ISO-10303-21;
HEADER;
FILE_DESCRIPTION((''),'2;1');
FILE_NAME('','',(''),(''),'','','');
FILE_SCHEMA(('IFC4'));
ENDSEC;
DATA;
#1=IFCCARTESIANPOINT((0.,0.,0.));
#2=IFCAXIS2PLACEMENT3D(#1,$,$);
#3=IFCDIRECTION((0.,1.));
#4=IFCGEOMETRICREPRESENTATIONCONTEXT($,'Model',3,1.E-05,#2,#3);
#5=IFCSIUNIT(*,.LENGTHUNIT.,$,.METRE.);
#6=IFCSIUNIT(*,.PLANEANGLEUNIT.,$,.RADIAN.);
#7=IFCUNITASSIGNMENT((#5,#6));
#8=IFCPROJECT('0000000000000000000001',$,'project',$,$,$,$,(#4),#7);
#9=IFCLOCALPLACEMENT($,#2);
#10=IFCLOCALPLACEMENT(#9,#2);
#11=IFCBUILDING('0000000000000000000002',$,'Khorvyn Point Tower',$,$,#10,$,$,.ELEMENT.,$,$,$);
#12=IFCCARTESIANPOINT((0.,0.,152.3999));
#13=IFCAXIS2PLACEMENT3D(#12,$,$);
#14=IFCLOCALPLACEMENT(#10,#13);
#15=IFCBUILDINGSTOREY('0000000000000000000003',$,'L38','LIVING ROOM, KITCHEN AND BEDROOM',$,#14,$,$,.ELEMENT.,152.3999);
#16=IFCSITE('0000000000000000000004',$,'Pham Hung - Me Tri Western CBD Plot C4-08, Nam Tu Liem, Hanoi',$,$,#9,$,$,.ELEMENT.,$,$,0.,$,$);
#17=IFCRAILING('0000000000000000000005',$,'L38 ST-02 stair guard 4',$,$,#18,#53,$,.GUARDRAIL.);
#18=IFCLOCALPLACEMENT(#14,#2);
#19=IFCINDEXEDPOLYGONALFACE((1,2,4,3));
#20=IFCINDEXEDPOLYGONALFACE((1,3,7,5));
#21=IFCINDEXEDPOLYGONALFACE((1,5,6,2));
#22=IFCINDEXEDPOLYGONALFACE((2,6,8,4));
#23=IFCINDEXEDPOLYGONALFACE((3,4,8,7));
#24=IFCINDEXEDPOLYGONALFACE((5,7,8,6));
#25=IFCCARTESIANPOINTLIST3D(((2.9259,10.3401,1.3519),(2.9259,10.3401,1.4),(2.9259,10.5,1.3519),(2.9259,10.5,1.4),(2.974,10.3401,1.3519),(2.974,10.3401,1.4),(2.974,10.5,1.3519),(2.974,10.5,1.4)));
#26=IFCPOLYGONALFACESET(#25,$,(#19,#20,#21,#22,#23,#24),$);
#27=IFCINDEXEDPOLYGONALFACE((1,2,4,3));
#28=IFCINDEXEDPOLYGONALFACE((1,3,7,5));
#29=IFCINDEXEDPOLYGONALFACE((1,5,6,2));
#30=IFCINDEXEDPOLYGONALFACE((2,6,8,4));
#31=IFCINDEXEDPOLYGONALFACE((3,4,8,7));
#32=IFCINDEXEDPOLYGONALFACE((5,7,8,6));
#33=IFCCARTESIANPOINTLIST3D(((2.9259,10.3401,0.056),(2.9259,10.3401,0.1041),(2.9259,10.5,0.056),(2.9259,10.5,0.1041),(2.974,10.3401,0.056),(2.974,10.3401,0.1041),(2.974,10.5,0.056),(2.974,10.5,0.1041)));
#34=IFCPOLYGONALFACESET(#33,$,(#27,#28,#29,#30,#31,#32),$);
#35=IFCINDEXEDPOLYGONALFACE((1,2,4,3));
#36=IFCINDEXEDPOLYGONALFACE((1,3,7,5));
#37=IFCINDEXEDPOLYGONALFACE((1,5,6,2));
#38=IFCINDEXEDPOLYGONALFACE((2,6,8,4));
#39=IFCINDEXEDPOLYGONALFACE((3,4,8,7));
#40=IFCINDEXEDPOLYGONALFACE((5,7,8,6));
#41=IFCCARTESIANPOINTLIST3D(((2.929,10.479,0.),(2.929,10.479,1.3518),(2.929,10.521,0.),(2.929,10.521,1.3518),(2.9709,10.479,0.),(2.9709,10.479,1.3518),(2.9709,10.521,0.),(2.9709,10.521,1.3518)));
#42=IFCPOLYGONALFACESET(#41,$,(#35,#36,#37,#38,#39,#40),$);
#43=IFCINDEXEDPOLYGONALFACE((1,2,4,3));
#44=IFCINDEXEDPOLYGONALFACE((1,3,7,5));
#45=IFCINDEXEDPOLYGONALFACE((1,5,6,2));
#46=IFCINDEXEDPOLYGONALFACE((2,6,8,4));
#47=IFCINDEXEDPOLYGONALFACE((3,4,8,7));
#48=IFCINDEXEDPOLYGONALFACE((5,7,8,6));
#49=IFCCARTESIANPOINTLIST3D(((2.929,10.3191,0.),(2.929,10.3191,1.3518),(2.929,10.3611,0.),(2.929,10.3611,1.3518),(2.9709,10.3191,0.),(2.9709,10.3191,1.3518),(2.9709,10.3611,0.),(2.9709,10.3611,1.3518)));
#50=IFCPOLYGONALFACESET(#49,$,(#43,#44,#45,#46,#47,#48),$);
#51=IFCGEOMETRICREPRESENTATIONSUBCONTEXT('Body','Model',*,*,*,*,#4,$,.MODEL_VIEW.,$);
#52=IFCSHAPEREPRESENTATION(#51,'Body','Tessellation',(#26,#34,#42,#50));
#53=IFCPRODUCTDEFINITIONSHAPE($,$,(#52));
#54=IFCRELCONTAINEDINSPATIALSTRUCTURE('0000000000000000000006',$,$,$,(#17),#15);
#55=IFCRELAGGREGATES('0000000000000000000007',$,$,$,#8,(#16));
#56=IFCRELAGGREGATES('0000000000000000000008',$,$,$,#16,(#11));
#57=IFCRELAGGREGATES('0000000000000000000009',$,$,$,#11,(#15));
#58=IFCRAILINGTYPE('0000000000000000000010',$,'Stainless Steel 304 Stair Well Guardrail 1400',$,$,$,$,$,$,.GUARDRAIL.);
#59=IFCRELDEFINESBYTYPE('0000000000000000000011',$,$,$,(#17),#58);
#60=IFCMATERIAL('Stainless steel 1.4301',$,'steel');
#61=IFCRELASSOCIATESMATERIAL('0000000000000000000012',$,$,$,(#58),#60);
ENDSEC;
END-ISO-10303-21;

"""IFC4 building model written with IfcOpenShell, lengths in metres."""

from ifc_helpers import new_model, si_unit, direction, frame, origin, origin_2d, place, context, subcontext, project, spatial, rectangle, extrude, material, type_object, element, save


model = new_model("IFC4")

# Units and contexts
model_context = context("Model", 3, precision=1e-05, world=origin(), true_north=direction((0.0, 1.0)))
body_context = subcontext(model_context, "Body", "Model", "MODEL_VIEW")
ifc_project = project(units=[si_unit("LENGTHUNIT", "METRE"), si_unit("PLANEANGLEUNIT", "RADIAN")], contexts=[model_context])

# Site, building, storey
site_placement = place(None, origin())
site = spatial("IfcSite", under=ifc_project, at=site_placement, Name="Pham Hung - Me Tri Western CBD Plot C4-08, Nam Tu Liem, Hanoi", CompositionType="ELEMENT", RefElevation=0.0)
building_placement = place(site_placement, origin())
building = spatial("IfcBuilding", under=site, at=building_placement, Name="Khorvyn Point Tower", CompositionType="ELEMENT")
storey_placement = place(building_placement, frame((0.0, 0.0, 152.3999)))
storey = spatial("IfcBuildingStorey", under=building, at=storey_placement, Name="L38", Description="LIVING ROOM, KITCHEN AND BEDROOM", CompositionType="ELEMENT", Elevation=152.3999)

# Shared definitions
ifc_material_1 = material(Name="Stainless steel 1.4301", Category="steel")

# Railing
railing_type_1 = type_object("IfcRailingType", Name="Stainless Steel 304 Stair Well Guardrail 1400", PredefinedType="GUARDRAIL", material=ifc_material_1)
railing_1_placement = place(storey_placement, frame((2.95, 10.5, 0.0)))
element("IfcRailing", 1, at=railing_1_placement, inside=storey, type_object=railing_type_1, Name="L38 ST-02 stair guard 4", PredefinedType="GUARDRAIL", context=body_context, shape_type="SweptSolid", body=[
    extrude(rectangle(XDim=0.0481, YDim=0.0481, at=origin_2d()), frame((0.0, 0.0, 1.376), z_axis=(0.0, -1.0, 0.0), x_axis=(1.0, 0.0, 0.0)), (0.0, 0.0, 1.0), 0.1599),
    extrude(rectangle(XDim=0.0481, YDim=0.0481, at=origin_2d()), frame((0.0, 0.0, 0.0801), z_axis=(0.0, -1.0, 0.0), x_axis=(1.0, 0.0, 0.0)), (0.0, 0.0, 1.0), 0.1599),
    extrude(rectangle(XDim=0.042, YDim=0.042, at=origin_2d()), origin(), (0.0, 0.0, 1.0), 1.3518),
    extrude(rectangle(XDim=0.042, YDim=0.042, at=origin_2d()), frame((0.0, -0.1599, 0.0)), (0.0, 0.0, 1.0), 1.3518),
])

save(model, "model.ifc")
